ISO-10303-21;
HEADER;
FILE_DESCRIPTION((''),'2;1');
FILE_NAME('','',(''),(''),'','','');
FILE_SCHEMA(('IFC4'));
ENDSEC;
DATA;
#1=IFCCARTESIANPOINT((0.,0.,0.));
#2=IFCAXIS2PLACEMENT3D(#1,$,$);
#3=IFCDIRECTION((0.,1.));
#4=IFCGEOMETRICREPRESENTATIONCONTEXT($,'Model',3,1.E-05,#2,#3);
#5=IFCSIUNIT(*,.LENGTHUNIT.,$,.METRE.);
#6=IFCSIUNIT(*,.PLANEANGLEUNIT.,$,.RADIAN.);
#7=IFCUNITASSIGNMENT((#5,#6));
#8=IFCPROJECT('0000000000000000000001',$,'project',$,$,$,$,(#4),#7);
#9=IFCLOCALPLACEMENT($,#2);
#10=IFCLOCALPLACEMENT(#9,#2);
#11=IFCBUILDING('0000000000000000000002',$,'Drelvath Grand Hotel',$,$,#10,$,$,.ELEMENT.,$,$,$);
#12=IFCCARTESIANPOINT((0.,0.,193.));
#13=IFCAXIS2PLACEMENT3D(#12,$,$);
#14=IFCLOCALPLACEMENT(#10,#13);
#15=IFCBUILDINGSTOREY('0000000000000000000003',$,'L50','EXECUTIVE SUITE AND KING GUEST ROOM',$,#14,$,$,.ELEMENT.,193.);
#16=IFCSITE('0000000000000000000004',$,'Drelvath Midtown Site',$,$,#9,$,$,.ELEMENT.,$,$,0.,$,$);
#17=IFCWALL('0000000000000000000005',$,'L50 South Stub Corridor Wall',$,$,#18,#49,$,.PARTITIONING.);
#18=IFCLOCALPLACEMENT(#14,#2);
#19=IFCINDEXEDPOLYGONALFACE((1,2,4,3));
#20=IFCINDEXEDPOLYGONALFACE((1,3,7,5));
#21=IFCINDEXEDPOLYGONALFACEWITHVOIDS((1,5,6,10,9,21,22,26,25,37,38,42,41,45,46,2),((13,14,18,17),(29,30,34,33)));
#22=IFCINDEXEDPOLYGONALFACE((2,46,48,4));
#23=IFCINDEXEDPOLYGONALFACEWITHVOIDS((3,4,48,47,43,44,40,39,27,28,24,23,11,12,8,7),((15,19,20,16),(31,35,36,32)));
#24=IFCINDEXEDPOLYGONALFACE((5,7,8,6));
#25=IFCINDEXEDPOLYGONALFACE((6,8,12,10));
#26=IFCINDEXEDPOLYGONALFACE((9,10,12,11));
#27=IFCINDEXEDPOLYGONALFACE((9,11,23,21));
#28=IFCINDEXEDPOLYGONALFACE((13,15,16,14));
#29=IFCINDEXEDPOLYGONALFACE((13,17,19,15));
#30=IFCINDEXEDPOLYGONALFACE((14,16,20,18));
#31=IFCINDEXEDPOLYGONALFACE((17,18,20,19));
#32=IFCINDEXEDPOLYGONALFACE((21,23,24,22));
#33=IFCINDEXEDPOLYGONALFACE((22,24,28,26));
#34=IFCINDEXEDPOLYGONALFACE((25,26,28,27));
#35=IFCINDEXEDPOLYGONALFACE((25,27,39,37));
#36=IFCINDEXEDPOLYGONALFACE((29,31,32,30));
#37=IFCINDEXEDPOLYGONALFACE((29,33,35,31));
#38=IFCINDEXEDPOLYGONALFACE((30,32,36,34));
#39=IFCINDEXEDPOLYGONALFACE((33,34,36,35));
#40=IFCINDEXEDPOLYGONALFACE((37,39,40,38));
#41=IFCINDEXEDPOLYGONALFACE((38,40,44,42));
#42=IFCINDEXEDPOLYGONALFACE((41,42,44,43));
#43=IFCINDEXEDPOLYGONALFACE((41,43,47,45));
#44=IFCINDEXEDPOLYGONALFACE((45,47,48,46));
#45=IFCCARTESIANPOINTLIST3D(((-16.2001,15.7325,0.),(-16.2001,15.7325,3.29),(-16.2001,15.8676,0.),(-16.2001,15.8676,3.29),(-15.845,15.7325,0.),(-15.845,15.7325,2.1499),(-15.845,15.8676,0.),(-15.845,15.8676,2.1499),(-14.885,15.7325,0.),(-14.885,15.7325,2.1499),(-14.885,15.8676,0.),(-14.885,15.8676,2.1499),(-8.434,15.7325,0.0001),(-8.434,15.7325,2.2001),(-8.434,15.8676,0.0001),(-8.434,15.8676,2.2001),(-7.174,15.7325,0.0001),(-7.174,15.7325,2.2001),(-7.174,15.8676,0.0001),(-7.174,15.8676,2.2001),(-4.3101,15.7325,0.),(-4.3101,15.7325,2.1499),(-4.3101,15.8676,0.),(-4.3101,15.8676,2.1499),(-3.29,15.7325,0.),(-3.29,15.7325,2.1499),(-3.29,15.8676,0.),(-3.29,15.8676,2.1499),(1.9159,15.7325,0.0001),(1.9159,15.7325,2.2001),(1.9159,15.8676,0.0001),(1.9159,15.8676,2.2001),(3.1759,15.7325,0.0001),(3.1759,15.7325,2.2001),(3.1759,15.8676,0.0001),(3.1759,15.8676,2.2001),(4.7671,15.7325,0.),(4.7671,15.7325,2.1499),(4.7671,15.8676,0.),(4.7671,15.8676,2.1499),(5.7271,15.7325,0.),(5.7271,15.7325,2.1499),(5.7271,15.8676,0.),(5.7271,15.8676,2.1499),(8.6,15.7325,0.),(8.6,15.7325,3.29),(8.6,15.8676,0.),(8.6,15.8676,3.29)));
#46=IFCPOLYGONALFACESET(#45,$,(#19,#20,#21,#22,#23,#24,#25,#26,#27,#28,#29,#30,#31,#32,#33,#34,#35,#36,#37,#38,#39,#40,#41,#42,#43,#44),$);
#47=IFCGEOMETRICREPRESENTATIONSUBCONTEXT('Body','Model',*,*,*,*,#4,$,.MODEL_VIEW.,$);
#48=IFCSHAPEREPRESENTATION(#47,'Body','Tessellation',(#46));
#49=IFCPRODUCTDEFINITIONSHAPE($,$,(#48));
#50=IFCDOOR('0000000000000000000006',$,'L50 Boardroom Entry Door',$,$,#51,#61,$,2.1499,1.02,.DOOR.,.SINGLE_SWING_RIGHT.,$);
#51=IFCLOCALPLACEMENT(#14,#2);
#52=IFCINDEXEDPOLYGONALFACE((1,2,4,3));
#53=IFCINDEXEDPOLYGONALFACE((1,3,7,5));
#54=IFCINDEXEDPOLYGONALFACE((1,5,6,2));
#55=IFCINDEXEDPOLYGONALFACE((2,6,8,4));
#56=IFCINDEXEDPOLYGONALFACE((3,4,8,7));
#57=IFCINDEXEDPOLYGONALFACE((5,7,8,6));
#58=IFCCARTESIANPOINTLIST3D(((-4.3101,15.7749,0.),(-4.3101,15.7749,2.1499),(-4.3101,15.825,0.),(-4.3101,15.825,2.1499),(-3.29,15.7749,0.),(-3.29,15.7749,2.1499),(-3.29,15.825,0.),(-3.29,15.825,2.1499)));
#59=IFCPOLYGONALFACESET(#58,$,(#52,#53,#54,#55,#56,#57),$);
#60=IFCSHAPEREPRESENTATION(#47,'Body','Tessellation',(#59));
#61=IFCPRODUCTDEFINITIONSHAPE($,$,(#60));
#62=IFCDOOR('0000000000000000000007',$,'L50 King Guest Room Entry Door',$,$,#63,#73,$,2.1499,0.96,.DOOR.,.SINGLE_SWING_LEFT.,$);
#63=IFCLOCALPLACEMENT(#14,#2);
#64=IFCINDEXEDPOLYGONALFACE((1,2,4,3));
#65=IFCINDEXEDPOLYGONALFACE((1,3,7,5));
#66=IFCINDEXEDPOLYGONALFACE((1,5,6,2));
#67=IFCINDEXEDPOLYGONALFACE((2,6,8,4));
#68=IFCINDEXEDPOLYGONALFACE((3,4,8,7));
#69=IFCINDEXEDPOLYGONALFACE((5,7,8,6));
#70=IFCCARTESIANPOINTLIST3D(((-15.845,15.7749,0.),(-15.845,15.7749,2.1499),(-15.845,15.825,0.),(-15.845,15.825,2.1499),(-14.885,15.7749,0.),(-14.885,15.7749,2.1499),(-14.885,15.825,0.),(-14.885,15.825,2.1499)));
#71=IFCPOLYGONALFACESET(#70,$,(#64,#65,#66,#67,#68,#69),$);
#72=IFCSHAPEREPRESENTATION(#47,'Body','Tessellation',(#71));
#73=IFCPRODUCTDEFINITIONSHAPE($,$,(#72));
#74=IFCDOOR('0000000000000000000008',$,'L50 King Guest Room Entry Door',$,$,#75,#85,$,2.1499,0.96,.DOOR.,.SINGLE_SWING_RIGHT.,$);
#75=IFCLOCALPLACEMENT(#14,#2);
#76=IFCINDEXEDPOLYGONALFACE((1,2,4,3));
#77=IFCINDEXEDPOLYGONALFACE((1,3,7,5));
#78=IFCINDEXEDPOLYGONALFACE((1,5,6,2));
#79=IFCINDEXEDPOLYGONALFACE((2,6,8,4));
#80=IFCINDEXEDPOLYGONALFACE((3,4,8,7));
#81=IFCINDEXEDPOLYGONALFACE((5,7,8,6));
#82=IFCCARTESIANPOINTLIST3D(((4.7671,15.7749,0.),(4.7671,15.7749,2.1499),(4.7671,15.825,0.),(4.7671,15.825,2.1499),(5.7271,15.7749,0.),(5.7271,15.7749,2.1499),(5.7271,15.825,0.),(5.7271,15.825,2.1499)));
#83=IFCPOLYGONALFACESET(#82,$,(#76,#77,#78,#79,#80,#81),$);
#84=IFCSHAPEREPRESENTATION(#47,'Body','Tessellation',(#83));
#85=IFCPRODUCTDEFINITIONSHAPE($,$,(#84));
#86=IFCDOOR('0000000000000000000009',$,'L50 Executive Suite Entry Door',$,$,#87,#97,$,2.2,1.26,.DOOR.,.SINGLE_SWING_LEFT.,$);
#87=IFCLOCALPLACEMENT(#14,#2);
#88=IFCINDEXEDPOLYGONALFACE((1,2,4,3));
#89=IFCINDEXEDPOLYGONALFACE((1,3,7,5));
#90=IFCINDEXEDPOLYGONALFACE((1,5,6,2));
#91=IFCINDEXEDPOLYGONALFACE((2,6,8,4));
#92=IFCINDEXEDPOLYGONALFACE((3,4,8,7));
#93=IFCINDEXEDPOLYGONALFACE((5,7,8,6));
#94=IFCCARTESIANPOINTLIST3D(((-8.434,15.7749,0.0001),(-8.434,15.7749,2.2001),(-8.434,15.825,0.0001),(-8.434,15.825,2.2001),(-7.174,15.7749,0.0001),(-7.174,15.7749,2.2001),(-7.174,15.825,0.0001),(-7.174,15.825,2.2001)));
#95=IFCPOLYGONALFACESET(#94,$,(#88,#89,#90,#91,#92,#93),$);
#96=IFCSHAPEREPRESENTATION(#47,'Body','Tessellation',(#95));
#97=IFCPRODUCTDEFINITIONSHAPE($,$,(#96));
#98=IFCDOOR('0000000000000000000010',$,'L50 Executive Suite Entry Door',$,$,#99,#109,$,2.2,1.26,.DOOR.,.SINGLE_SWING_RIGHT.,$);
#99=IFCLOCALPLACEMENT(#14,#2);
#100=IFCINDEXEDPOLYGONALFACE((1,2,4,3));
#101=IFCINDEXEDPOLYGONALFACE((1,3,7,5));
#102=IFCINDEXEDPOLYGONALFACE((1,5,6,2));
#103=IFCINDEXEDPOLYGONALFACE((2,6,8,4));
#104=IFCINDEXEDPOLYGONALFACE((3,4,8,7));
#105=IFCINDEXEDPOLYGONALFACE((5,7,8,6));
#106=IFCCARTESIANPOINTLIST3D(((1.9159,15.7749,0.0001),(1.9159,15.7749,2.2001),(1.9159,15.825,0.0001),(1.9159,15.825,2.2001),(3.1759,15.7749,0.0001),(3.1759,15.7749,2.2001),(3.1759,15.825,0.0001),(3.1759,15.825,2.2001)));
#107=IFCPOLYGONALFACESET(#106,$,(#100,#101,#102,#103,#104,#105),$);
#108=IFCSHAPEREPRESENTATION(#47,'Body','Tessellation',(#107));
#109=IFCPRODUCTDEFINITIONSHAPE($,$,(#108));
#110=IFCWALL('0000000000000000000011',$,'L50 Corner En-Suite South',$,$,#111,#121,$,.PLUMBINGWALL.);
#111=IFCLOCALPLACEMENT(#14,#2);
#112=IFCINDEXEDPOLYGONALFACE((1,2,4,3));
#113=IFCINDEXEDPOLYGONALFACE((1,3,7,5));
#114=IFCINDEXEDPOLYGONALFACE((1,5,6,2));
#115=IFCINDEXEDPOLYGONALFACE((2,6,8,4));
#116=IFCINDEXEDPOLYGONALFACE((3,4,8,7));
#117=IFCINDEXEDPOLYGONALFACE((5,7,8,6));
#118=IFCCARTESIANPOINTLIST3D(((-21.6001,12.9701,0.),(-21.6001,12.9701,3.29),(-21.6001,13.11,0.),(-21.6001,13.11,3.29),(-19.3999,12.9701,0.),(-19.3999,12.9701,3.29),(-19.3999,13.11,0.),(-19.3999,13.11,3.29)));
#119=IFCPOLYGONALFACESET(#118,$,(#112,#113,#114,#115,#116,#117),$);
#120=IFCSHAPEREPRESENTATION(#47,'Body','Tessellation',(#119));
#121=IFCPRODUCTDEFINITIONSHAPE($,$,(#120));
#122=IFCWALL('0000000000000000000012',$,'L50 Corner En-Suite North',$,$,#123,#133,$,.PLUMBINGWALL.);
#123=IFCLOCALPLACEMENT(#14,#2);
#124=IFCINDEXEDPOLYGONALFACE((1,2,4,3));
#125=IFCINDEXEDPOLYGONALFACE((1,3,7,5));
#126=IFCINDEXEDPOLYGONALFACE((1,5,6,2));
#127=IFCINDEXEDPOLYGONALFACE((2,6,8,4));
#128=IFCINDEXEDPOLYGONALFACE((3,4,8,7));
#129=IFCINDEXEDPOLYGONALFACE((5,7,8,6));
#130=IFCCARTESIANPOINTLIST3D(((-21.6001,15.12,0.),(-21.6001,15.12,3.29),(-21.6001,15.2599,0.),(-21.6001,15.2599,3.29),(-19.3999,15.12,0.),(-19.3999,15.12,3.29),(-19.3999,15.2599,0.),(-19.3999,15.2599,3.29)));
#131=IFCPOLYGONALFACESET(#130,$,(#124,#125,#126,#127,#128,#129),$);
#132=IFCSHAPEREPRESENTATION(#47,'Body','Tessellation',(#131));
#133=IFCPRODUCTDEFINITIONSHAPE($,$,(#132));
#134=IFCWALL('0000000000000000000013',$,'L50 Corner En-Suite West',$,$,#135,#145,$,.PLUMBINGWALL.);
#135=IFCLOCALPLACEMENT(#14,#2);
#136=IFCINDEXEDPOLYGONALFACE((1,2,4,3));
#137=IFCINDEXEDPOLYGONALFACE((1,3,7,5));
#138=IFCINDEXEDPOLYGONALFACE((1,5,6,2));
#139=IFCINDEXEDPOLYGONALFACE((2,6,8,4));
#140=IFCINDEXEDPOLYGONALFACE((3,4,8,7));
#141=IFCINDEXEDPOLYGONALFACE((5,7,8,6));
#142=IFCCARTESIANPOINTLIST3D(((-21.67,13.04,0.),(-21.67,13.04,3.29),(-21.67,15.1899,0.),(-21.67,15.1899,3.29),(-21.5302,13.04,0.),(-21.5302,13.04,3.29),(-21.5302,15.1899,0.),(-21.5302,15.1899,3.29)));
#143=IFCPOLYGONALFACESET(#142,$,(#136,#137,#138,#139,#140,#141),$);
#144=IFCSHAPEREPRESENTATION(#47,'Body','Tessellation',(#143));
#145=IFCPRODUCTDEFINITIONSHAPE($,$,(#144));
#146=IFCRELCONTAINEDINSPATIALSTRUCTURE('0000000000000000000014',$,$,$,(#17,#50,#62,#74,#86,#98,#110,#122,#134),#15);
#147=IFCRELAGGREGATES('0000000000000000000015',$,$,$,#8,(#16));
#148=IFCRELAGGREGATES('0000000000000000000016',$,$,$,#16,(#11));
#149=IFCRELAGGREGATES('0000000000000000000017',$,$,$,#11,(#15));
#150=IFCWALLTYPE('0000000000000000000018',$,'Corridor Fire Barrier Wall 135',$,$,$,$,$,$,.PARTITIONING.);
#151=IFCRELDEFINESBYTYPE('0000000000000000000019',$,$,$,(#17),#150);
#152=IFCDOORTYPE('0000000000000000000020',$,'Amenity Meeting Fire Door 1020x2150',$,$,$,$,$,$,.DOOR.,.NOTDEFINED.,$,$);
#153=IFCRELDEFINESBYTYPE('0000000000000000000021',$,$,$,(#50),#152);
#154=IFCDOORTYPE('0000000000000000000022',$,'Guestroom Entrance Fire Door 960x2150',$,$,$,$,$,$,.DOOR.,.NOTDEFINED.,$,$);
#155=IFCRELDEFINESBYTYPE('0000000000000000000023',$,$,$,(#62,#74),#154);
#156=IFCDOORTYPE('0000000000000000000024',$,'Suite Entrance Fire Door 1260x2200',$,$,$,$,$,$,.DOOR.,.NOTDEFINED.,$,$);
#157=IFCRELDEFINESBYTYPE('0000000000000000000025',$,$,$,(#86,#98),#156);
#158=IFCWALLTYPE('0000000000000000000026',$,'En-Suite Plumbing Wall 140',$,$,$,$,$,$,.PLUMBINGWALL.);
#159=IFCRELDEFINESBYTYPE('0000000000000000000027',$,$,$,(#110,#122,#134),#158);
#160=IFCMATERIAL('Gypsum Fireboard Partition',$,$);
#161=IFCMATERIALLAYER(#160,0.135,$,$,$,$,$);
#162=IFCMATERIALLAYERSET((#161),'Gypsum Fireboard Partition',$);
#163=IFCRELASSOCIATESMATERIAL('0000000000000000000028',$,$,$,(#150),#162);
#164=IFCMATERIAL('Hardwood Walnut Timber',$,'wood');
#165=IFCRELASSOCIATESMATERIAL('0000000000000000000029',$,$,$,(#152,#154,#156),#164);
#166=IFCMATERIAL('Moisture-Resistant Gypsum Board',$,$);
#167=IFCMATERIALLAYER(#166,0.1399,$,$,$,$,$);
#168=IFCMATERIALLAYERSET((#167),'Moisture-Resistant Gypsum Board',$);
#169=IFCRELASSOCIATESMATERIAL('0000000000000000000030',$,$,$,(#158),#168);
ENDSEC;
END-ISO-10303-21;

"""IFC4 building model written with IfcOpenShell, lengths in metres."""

from ifc_helpers import new_model, si_unit, direction, frame, frame_2d, origin, place, context, subcontext, project, spatial, rectangle, extrude, material, layer, layer_set, type_object, element, fill, save


model = new_model("IFC4")

# Units and contexts
model_context = context("Model", 3, precision=1e-05, world=origin(), true_north=direction((0.0, 1.0)))
body_context = subcontext(model_context, "Body", "Model", "MODEL_VIEW")
ifc_project = project(units=[si_unit("LENGTHUNIT", "METRE"), si_unit("PLANEANGLEUNIT", "RADIAN")], contexts=[model_context])

# Site, building, storey
site_placement = place(None, origin())
site = spatial("IfcSite", under=ifc_project, at=site_placement, Name="Drelvath Midtown Site", CompositionType="ELEMENT", RefElevation=0.0)
building_placement = place(site_placement, origin())
building = spatial("IfcBuilding", under=site, at=building_placement, Name="Drelvath Grand Hotel", CompositionType="ELEMENT")
storey_placement = place(building_placement, frame((0.0, 0.0, 193.0)))
storey = spatial("IfcBuildingStorey", under=building, at=storey_placement, Name="L50", Description="EXECUTIVE SUITE AND KING GUEST ROOM", CompositionType="ELEMENT", Elevation=193.0)

# Wall, openings, doors
ifc_material_1 = material(Name="Gypsum Fireboard Partition")
ifc_layer_1 = layer(ifc_material_1, 0.135)
ifc_layer_set_1 = layer_set([ifc_layer_1], Name="Gypsum Fireboard Partition")
wall_type_1 = type_object("IfcWallType", Name="Corridor Fire Barrier Wall 135", PredefinedType="PARTITIONING", material=ifc_layer_set_1)
wall_1_placement = place(storey_placement, frame((-16.2, 15.8, 0.0), z_axis=(0.0, 0.0, 1.0), x_axis=(1.0, 0.0, 0.0)))
wall_1 = element("IfcWall", 1, at=wall_1_placement, inside=storey, type_object=wall_type_1, Name="L50 South Stub Corridor Wall", PredefinedType="PARTITIONING", context=body_context, shape_type="SweptSolid", body=[
    extrude(rectangle(XDim=24.8, YDim=0.135, at=frame_2d((12.3999, 0.0))), origin(), (0.0, 0.0, 1.0), 3.29),
])
opening_1_placement = place(wall_1_placement, frame((0.355, 0.0, 0.0)))
opening_1 = element("IfcOpeningElement", 2, at=opening_1_placement, cuts=wall_1, PredefinedType="OPENING", context=body_context, shape_type="SweptSolid", body=[
    extrude(rectangle(XDim=0.96, YDim=2.1499, at=frame_2d((0.48, 1.075))), frame((0.0, 0.0774, 0.0), z_axis=(0.0, -1.0, 0.0), x_axis=(1.0, 0.0, 0.0)), (0.0, 0.0, 1.0), 0.155),
])
opening_2_placement = place(wall_1_placement, frame((7.7661, 0.0, 0.0)))
opening_2 = element("IfcOpeningElement", 3, at=opening_2_placement, cuts=wall_1, PredefinedType="OPENING", context=body_context, shape_type="SweptSolid", body=[
    extrude(rectangle(XDim=1.26, YDim=2.2, at=frame_2d((0.6299, 1.1001))), frame((0.0, 0.0774, 0.0), z_axis=(0.0, -1.0, 0.0), x_axis=(1.0, 0.0, 0.0)), (0.0, 0.0, 1.0), 0.155),
])
opening_3_placement = place(wall_1_placement, frame((11.8899, 0.0, 0.0)))
opening_3 = element("IfcOpeningElement", 4, at=opening_3_placement, cuts=wall_1, PredefinedType="OPENING", context=body_context, shape_type="SweptSolid", body=[
    extrude(rectangle(XDim=1.02, YDim=2.1499, at=frame_2d((0.51, 1.075))), frame((0.0, 0.0774, 0.0), z_axis=(0.0, -1.0, 0.0), x_axis=(1.0, 0.0, 0.0)), (0.0, 0.0, 1.0), 0.155),
])
opening_4_placement = place(wall_1_placement, frame((18.116, 0.0, 0.0)))
opening_4 = element("IfcOpeningElement", 5, at=opening_4_placement, cuts=wall_1, PredefinedType="OPENING", context=body_context, shape_type="SweptSolid", body=[
    extrude(rectangle(XDim=1.26, YDim=2.2, at=frame_2d((0.6299, 1.1001))), frame((0.0, 0.0774, 0.0), z_axis=(0.0, -1.0, 0.0), x_axis=(1.0, 0.0, 0.0)), (0.0, 0.0, 1.0), 0.155),
])
opening_5_placement = place(wall_1_placement, frame((20.967, 0.0, 0.0)))
opening_5 = element("IfcOpeningElement", 6, at=opening_5_placement, cuts=wall_1, PredefinedType="OPENING", context=body_context, shape_type="SweptSolid", body=[
    extrude(rectangle(XDim=0.96, YDim=2.1499, at=frame_2d((0.48, 1.075))), frame((0.0, 0.0774, 0.0), z_axis=(0.0, -1.0, 0.0), x_axis=(1.0, 0.0, 0.0)), (0.0, 0.0, 1.0), 0.155),
])
ifc_material_2 = material(Name="Hardwood Walnut Timber", Category="wood")
door_type_1 = type_object("IfcDoorType", Name="Amenity Meeting Fire Door 1020x2150", OperationType="NOTDEFINED", PredefinedType="DOOR", material=ifc_material_2)
door_1_placement = place(opening_3_placement, origin())
door_1 = element("IfcDoor", 7, at=door_1_placement, inside=storey, type_object=door_type_1, Name="L50 Boardroom Entry Door", OperationType="SINGLE_SWING_RIGHT", OverallHeight=2.1499, OverallWidth=1.02, PredefinedType="DOOR", context=body_context, shape_type="SweptSolid", body=[
    extrude(rectangle(XDim=1.02, YDim=2.1499, at=frame_2d((0.51, 1.075))), frame((0.0, 0.0249, 0.0), z_axis=(0.0, -1.0, 0.0), x_axis=(1.0, 0.0, 0.0)), (0.0, 0.0, 1.0), 0.05),
])
fill(opening_3, door_1)
door_type_2 = type_object("IfcDoorType", Name="Guestroom Entrance Fire Door 960x2150", OperationType="NOTDEFINED", PredefinedType="DOOR", material=ifc_material_2)
door_2_placement = place(opening_1_placement, origin())
door_2 = element("IfcDoor", 8, at=door_2_placement, inside=storey, type_object=door_type_2, Name="L50 King Guest Room Entry Door", OperationType="SINGLE_SWING_LEFT", OverallHeight=2.1499, OverallWidth=0.96, PredefinedType="DOOR", context=body_context, shape_type="SweptSolid", body=[
    extrude(rectangle(XDim=0.96, YDim=2.1499, at=frame_2d((0.48, 1.075))), frame((0.0, 0.0249, 0.0), z_axis=(0.0, -1.0, 0.0), x_axis=(1.0, 0.0, 0.0)), (0.0, 0.0, 1.0), 0.05),
])
fill(opening_1, door_2)
door_3_placement = place(opening_5_placement, origin())
door_3 = element("IfcDoor", 9, at=door_3_placement, inside=storey, type_object=door_type_2, Name="L50 King Guest Room Entry Door", OperationType="SINGLE_SWING_RIGHT", OverallHeight=2.1499, OverallWidth=0.96, PredefinedType="DOOR", context=body_context, shape_type="SweptSolid", body=[
    extrude(rectangle(XDim=0.96, YDim=2.1499, at=frame_2d((0.48, 1.075))), frame((0.0, 0.0249, 0.0), z_axis=(0.0, -1.0, 0.0), x_axis=(1.0, 0.0, 0.0)), (0.0, 0.0, 1.0), 0.05),
])
fill(opening_5, door_3)
door_type_3 = type_object("IfcDoorType", Name="Suite Entrance Fire Door 1260x2200", OperationType="NOTDEFINED", PredefinedType="DOOR", material=ifc_material_2)
door_4_placement = place(opening_2_placement, origin())
door_4 = element("IfcDoor", 10, at=door_4_placement, inside=storey, type_object=door_type_3, Name="L50 Executive Suite Entry Door", OperationType="SINGLE_SWING_LEFT", OverallHeight=2.2, OverallWidth=1.26, PredefinedType="DOOR", context=body_context, shape_type="SweptSolid", body=[
    extrude(rectangle(XDim=1.26, YDim=2.2, at=frame_2d((0.6299, 1.1001))), frame((0.0, 0.0249, 0.0), z_axis=(0.0, -1.0, 0.0), x_axis=(1.0, 0.0, 0.0)), (0.0, 0.0, 1.0), 0.05),
])
fill(opening_2, door_4)
door_5_placement = place(opening_4_placement, origin())
door_5 = element("IfcDoor", 11, at=door_5_placement, inside=storey, type_object=door_type_3, Name="L50 Executive Suite Entry Door", OperationType="SINGLE_SWING_RIGHT", OverallHeight=2.2, OverallWidth=1.26, PredefinedType="DOOR", context=body_context, shape_type="SweptSolid", body=[
    extrude(rectangle(XDim=1.26, YDim=2.2, at=frame_2d((0.6299, 1.1001))), frame((0.0, 0.0249, 0.0), z_axis=(0.0, -1.0, 0.0), x_axis=(1.0, 0.0, 0.0)), (0.0, 0.0, 1.0), 0.05),
])
fill(opening_4, door_5)

# Walls
ifc_material_3 = material(Name="Moisture-Resistant Gypsum Board")
ifc_layer_2 = layer(ifc_material_3, 0.1399)
ifc_layer_set_2 = layer_set([ifc_layer_2], Name="Moisture-Resistant Gypsum Board")
wall_type_2 = type_object("IfcWallType", Name="En-Suite Plumbing Wall 140", PredefinedType="PLUMBINGWALL", material=ifc_layer_set_2)
for number, where, z_axis, x_axis, name in (
    (12, (-21.6001, 13.04, 0.0), (0.0, 0.0, 1.0), (1.0, 0.0, 0.0), "L50 Corner En-Suite South"),
    (13, (-21.6001, 15.1899, 0.0), (0.0, 0.0, 1.0), (1.0, 0.0, 0.0), "L50 Corner En-Suite North"),
):
    element("IfcWall", number, at=place(storey_placement, frame(where, z_axis=z_axis, x_axis=x_axis)), inside=storey, type_object=wall_type_2, Name=name, PredefinedType="PLUMBINGWALL", context=body_context, shape_type="SweptSolid", body=[
        extrude(rectangle(XDim=2.2002, YDim=0.1399, at=frame_2d((1.1001, 0.0))), origin(), (0.0, 0.0, 1.0), 3.29),
    ])
wall_2_placement = place(storey_placement, frame((-21.6001, 13.04, 0.0), z_axis=(0.0, 0.0, 1.0), x_axis=(0.0, 1.0, 0.0)))
element("IfcWall", 14, at=wall_2_placement, inside=storey, type_object=wall_type_2, Name="L50 Corner En-Suite West", PredefinedType="PLUMBINGWALL", context=body_context, shape_type="SweptSolid", body=[
    extrude(rectangle(XDim=2.1499, YDim=0.1399, at=frame_2d((1.075, 0.0))), origin(), (0.0, 0.0, 1.0), 3.29),
])

save(model, "model.ifc")
